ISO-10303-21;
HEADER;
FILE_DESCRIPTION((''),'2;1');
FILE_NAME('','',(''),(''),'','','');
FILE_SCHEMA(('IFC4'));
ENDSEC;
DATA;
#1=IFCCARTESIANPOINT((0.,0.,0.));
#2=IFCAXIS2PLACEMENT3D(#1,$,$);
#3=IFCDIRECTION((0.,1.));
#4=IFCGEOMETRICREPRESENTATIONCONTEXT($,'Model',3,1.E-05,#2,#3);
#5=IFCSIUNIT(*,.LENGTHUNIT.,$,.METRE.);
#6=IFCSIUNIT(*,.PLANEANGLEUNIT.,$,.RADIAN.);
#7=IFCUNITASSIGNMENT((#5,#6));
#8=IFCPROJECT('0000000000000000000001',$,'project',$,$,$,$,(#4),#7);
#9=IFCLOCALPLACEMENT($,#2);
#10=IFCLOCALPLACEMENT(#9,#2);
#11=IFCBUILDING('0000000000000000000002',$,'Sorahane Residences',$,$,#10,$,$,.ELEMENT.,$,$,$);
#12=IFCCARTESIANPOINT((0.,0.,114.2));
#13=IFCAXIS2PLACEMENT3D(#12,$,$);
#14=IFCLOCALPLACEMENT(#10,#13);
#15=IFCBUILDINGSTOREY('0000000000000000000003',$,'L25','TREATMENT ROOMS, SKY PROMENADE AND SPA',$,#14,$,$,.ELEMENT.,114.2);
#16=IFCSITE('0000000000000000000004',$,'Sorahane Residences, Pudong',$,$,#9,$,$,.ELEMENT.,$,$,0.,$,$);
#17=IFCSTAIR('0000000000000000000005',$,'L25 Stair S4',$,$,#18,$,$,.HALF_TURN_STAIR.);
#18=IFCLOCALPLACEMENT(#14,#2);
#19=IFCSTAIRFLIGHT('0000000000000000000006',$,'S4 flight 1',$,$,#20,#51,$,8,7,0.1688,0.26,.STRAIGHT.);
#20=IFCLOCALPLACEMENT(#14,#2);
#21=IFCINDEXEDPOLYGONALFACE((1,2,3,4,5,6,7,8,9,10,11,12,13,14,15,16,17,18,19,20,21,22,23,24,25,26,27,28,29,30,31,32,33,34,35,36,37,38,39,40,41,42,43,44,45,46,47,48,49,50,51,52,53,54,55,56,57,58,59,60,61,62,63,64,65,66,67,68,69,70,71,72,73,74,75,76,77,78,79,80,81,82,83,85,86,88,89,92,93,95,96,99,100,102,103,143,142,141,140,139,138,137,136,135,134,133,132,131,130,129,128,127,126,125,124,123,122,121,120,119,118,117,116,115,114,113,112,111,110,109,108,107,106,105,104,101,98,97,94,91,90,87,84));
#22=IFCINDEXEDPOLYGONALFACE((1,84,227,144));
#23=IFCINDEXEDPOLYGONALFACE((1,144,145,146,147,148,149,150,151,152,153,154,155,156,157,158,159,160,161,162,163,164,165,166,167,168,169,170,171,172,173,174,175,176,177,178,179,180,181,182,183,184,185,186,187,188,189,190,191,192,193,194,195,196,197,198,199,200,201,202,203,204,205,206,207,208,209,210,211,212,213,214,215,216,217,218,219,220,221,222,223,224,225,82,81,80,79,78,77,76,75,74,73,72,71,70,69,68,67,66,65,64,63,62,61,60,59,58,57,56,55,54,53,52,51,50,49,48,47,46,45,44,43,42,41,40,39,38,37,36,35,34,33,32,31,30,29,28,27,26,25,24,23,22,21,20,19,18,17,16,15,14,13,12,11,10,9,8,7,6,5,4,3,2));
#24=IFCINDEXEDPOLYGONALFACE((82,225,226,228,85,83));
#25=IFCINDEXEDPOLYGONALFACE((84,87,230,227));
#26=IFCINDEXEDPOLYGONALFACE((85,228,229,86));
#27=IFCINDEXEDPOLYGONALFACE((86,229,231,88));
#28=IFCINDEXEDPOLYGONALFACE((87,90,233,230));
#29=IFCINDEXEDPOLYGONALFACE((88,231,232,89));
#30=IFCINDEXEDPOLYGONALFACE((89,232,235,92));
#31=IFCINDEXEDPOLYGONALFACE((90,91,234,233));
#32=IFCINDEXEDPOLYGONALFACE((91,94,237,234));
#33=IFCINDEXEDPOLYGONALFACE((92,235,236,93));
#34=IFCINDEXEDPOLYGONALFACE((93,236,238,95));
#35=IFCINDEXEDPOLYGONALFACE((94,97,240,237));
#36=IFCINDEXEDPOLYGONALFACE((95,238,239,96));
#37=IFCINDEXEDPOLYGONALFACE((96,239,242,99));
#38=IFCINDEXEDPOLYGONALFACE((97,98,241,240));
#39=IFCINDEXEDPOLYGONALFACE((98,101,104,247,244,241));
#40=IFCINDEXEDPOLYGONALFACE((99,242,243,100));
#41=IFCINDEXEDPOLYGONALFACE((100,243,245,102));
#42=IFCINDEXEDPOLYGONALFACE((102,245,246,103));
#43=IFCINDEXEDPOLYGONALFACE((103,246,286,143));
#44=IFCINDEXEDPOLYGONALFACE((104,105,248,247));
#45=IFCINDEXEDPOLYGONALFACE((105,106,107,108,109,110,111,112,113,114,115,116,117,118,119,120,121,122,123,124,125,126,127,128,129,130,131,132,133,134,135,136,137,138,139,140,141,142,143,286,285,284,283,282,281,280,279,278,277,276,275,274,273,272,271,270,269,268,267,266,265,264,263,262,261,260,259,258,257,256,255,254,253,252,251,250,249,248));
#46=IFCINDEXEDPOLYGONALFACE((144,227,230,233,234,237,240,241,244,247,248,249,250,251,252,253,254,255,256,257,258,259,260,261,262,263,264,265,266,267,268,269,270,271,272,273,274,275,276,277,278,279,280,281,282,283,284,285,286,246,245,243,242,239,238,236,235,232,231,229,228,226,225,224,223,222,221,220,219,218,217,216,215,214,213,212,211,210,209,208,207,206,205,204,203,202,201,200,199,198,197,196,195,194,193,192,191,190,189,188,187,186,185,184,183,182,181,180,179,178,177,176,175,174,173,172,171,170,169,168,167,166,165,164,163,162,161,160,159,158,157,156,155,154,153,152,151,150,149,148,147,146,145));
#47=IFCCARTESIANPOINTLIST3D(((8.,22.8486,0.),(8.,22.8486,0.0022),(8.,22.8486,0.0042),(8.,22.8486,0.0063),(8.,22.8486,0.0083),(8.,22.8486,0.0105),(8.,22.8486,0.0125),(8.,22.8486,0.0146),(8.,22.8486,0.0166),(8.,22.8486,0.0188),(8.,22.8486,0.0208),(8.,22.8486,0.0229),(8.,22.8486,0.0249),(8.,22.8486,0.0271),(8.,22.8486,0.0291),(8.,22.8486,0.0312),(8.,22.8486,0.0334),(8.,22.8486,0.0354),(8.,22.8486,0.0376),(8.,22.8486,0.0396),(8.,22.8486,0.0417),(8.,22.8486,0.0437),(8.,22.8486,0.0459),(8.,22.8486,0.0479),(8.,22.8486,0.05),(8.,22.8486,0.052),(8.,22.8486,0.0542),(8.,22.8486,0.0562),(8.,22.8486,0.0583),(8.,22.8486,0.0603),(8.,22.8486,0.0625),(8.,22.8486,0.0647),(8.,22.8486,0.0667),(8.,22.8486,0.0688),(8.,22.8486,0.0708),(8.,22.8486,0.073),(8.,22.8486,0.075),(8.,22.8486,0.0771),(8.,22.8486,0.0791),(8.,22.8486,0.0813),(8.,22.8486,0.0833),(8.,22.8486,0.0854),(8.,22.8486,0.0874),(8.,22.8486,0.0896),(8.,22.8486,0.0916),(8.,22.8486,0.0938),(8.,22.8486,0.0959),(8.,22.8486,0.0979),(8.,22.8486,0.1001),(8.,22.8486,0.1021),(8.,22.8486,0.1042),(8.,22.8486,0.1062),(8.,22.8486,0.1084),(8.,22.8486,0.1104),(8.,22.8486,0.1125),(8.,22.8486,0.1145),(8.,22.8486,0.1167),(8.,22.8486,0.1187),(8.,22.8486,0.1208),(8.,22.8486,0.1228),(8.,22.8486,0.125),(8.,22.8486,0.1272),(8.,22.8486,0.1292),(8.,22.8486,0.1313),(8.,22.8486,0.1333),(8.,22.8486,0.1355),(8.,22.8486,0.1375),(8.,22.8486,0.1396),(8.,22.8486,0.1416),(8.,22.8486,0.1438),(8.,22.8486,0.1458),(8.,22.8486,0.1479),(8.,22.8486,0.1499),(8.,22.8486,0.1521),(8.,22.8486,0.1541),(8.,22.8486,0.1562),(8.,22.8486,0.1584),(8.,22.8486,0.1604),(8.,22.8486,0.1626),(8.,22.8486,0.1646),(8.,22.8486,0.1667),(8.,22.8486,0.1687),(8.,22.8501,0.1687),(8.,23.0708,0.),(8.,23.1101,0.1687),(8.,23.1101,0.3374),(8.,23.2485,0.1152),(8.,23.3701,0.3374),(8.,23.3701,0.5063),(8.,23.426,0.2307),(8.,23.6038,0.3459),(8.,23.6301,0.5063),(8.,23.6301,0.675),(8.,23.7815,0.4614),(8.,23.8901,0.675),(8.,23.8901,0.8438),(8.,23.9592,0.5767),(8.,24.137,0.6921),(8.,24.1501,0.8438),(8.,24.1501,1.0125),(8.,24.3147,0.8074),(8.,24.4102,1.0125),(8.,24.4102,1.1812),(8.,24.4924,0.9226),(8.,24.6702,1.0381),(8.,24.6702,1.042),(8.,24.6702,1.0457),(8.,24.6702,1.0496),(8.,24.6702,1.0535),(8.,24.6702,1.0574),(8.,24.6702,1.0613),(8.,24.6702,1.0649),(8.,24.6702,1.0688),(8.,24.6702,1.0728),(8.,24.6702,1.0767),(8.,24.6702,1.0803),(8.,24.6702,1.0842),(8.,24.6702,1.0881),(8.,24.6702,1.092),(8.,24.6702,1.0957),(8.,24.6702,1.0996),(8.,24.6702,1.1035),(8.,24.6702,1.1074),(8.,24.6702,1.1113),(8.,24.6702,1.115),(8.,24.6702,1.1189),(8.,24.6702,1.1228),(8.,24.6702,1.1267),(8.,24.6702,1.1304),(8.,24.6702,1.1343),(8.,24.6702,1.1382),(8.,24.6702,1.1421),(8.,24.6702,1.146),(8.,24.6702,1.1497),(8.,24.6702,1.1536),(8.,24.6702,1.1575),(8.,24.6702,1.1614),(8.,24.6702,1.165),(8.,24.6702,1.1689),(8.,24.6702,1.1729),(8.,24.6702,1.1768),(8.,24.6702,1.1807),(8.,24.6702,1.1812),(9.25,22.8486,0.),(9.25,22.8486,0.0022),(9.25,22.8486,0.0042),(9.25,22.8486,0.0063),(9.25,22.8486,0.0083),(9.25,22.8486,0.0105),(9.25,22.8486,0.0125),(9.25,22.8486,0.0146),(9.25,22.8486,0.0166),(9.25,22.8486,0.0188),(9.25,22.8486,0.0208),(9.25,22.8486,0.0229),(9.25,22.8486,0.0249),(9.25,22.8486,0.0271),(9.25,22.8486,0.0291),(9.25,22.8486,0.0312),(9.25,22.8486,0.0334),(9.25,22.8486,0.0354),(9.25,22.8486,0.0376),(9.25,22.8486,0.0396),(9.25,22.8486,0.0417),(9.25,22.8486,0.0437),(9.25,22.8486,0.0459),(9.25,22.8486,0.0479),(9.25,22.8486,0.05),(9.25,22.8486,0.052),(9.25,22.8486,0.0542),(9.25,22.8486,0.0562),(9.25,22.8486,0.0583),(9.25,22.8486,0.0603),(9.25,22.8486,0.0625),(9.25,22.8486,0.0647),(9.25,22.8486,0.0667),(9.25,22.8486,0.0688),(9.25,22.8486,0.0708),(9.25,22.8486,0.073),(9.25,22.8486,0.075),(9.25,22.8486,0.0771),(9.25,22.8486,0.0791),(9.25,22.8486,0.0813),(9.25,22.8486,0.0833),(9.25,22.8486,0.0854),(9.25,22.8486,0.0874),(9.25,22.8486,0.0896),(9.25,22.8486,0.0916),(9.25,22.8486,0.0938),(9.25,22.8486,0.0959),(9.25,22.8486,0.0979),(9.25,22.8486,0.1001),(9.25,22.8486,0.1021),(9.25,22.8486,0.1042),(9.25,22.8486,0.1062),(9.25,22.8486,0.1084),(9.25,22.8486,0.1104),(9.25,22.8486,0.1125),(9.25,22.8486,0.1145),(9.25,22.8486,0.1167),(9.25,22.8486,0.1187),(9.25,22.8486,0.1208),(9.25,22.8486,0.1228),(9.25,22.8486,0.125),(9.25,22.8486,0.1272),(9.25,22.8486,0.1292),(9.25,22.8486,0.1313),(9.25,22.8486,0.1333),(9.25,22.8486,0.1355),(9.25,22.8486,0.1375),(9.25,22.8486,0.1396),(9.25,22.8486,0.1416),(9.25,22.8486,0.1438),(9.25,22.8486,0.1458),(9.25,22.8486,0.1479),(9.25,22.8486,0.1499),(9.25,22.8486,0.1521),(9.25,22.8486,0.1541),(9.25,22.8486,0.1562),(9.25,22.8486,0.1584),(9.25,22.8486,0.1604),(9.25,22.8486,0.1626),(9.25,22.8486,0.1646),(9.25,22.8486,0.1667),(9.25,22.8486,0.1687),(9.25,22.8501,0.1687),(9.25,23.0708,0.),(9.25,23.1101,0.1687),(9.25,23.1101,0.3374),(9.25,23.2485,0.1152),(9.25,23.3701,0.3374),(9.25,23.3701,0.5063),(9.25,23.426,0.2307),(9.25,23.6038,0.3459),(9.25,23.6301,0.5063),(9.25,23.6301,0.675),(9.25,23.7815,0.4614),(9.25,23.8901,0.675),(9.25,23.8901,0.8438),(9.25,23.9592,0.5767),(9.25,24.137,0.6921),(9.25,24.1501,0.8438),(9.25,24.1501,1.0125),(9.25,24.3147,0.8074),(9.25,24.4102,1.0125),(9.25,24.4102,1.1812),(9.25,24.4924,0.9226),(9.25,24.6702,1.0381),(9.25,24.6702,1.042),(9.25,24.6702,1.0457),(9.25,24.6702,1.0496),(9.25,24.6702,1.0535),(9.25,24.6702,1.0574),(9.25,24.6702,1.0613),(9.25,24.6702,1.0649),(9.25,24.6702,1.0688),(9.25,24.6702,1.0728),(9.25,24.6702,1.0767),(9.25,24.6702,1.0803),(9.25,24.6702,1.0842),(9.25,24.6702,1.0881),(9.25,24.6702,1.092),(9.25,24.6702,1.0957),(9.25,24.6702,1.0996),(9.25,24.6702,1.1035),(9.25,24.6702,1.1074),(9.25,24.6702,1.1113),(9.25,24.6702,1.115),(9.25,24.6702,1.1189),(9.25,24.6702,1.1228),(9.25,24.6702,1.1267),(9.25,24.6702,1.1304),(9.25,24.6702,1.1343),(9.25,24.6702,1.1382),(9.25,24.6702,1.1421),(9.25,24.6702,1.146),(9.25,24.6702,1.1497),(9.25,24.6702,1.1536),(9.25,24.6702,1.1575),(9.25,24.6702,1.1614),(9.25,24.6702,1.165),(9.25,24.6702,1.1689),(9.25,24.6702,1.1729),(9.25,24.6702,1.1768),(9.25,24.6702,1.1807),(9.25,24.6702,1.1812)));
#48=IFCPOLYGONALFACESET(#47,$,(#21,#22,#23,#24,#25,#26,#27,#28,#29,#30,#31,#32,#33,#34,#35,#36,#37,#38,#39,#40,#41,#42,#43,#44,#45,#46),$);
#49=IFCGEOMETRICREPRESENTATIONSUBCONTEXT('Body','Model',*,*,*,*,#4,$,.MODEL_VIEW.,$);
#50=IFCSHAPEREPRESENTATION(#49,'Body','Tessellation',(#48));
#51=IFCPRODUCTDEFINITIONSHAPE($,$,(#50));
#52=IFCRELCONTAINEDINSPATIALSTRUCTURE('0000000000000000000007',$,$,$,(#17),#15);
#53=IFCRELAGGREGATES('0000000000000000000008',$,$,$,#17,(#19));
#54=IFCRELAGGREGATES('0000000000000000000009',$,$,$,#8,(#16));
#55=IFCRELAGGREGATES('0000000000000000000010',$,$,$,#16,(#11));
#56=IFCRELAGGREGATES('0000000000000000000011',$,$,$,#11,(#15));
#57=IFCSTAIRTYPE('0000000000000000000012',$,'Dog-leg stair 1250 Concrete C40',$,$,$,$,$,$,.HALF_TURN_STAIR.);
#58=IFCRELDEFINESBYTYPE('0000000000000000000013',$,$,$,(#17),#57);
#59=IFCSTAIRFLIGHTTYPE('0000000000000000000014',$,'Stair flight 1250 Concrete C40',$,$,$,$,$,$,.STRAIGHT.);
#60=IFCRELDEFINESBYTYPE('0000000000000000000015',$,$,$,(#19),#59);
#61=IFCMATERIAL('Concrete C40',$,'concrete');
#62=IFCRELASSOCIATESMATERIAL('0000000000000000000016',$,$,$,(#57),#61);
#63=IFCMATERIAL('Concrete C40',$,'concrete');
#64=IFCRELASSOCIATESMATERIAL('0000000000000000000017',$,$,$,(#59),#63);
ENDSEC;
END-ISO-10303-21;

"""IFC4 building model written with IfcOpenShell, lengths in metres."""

from ifc_helpers import new_model, si_unit, direction, frame, origin, place, context, subcontext, project, spatial, polyline, outline, extrude, material, type_object, element, aggregate, save


model = new_model("IFC4")

# Units and contexts
model_context = context("Model", 3, precision=1e-05, world=origin(), true_north=direction((0.0, 1.0)))
body_context = subcontext(model_context, "Body", "Model", "MODEL_VIEW")
ifc_project = project(units=[si_unit("LENGTHUNIT", "METRE"), si_unit("PLANEANGLEUNIT", "RADIAN")], contexts=[model_context])

# Site, building, storey
site_placement = place(None, origin())
site = spatial("IfcSite", under=ifc_project, at=site_placement, Name="Sorahane Residences, Pudong", CompositionType="ELEMENT", RefElevation=0.0)
building_placement = place(site_placement, origin())
building = spatial("IfcBuilding", under=site, at=building_placement, Name="Sorahane Residences", CompositionType="ELEMENT")
storey_placement = place(building_placement, frame((0.0, 0.0, 114.2)))
storey = spatial("IfcBuildingStorey", under=building, at=storey_placement, Name="L25", Description="TREATMENT ROOMS, SKY PROMENADE AND SPA", CompositionType="ELEMENT", Elevation=114.2)

# Stair, stair flight
ifc_material_1 = material(Name="Concrete C40", Category="concrete")
stair_type = type_object("IfcStairType", Name="Dog-leg stair 1250 Concrete C40", PredefinedType="HALF_TURN_STAIR", material=ifc_material_1)
stair_placement = place(storey_placement, origin())
stair = element("IfcStair", 1, at=stair_placement, inside=storey, type_object=stair_type, Name="L25 Stair S4", PredefinedType="HALF_TURN_STAIR")
ifc_material_2 = material(Name="Concrete C40", Category="concrete")
stair_flight_type = type_object("IfcStairFlightType", Name="Stair flight 1250 Concrete C40", PredefinedType="STRAIGHT", material=ifc_material_2)
stair_flight_1_placement = place(storey_placement, frame((8.625, 22.8501, 0.0), z_axis=(0.0, 0.0, 1.0), x_axis=(0.0, 1.0, 0.0)))
stair_flight_1 = element("IfcStairFlight", 2, at=stair_flight_1_placement, type_object=stair_flight_type, Name="S4 flight 1", NumberOfRisers=8, NumberOfTreads=7, PredefinedType="STRAIGHT", RiserHeight=0.1688, TreadLength=0.26, context=body_context, shape_type="SweptSolid", body=[
    extrude(outline(polyline([(-0.0015, 0.0), (-0.0015, 0.0022), (-0.0015, 0.0042), (-0.0015, 0.0063), (-0.0015, 0.0083), (-0.0015, 0.0105), (-0.0015, 0.0125), (-0.0015, 0.0146), (-0.0015, 0.0166), (-0.0015, 0.0188), (-0.0015, 0.0208), (-0.0015, 0.0229), (-0.0015, 0.0249), (-0.0015, 0.0271), (-0.0015, 0.0291), (-0.0015, 0.0312), (-0.0015, 0.0334), (-0.0015, 0.0354), (-0.0015, 0.0376), (-0.0015, 0.0396), (-0.0015, 0.0417), (-0.0015, 0.0437), (-0.0015, 0.0459), (-0.0015, 0.0479), (-0.0015, 0.05), (-0.0015, 0.052), (-0.0015, 0.0542), (-0.0015, 0.0562), (-0.0015, 0.0583), (-0.0015, 0.0603), (-0.0015, 0.0625), (-0.0015, 0.0647), (-0.0015, 0.0667), (-0.0015, 0.0688), (-0.0015, 0.0708), (-0.0015, 0.073), (-0.0015, 0.075), (-0.0015, 0.0771), (-0.0015, 0.0791), (-0.0015, 0.0813), (-0.0015, 0.0833), (-0.0015, 0.0854), (-0.0015, 0.0874), (-0.0015, 0.0896), (-0.0015, 0.0916), (-0.0015, 0.0938), (-0.0015, 0.0959), (-0.0015, 0.0979), (-0.0015, 0.1001), (-0.0015, 0.1021), (-0.0015, 0.1042), (-0.0015, 0.1062), (-0.0015, 0.1084), (-0.0015, 0.1104), (-0.0015, 0.1125), (-0.0015, 0.1145), (-0.0015, 0.1167), (-0.0015, 0.1187), (-0.0015, 0.1208), (-0.0015, 0.1228), (-0.0015, 0.125), (-0.0015, 0.1272), (-0.0015, 0.1292), (-0.0015, 0.1313), (-0.0015, 0.1333), (-0.0015, 0.1355), (-0.0015, 0.1375), (-0.0015, 0.1396), (-0.0015, 0.1416), (-0.0015, 0.1438), (-0.0015, 0.1458), (-0.0015, 0.1479), (-0.0015, 0.1499), (-0.0015, 0.1521), (-0.0015, 0.1541), (-0.0015, 0.1562), (-0.0015, 0.1584), (-0.0015, 0.1604), (-0.0015, 0.1626), (-0.0015, 0.1646), (-0.0015, 0.1667), (-0.0015, 0.1687), (0.0, 0.1687), (0.26, 0.1687), (0.26, 0.3374), (0.52, 0.3374), (0.52, 0.5063), (0.78, 0.5063), (0.78, 0.675), (1.04, 0.675), (1.04, 0.8438), (1.3, 0.8438), (1.3, 1.0125), (1.5601, 1.0125), (1.5601, 1.1812), (1.8201, 1.1812), (1.8201, 1.3501), (1.8201, 1.3462), (1.8201, 1.3423), (1.8201, 1.3384), (1.8201, 1.3347), (1.8201, 1.3308), (1.8201, 1.3269), (1.8201, 1.323), (1.8201, 1.3191), (1.8201, 1.3154), (1.8201, 1.3115), (1.8201, 1.3076), (1.8201, 1.3037), (1.8201, 1.3), (1.8201, 1.2961), (1.8201, 1.2922), (1.8201, 1.2883), (1.8201, 1.2844), (1.8201, 1.2808), (1.8201, 1.2769), (1.8201, 1.2729), (1.8201, 1.269), (1.8201, 1.2654), (1.8201, 1.2615), (1.8201, 1.2576), (1.8201, 1.2537), (1.8201, 1.2498), (1.8201, 1.2461), (1.8201, 1.2422), (1.8201, 1.2383), (1.8201, 1.2344), (1.8201, 1.2307), (1.8201, 1.2268), (1.8201, 1.2229), (1.8201, 1.219), (1.8201, 1.2151), (1.8201, 1.2114), (1.8201, 1.2075), (1.8201, 1.2036), (1.8201, 1.1997), (1.8201, 1.196), (1.8201, 1.1921), (1.8201, 1.1882), (1.8201, 1.1843), (1.8201, 1.1807), (1.8201, 1.1768), (1.8201, 1.1729), (1.8201, 1.1689), (1.8201, 1.165), (1.8201, 1.1614), (1.8201, 1.1575), (1.8201, 1.1536), (1.8201, 1.1497), (1.8201, 1.146), (1.8201, 1.1421), (1.8201, 1.1382), (1.8201, 1.1343), (1.8201, 1.1304), (1.8201, 1.1267), (1.8201, 1.1228), (1.8201, 1.1189), (1.8201, 1.115), (1.8201, 1.1113), (1.8201, 1.1074), (1.8201, 1.1035), (1.8201, 1.0996), (1.8201, 1.0957), (1.8201, 1.092), (1.8201, 1.0881), (1.8201, 1.0842), (1.8201, 1.0803), (1.8201, 1.0767), (1.8201, 1.0728), (1.8201, 1.0688), (1.8201, 1.0649), (1.8201, 1.0613), (1.8201, 1.0574), (1.8201, 1.0535), (1.8201, 1.0496), (1.8201, 1.0457), (1.8201, 1.042), (1.8201, 1.0381), (1.6423, 0.9226), (1.4646, 0.8074), (1.2869, 0.6921), (1.1091, 0.5767), (0.9314, 0.4614), (0.7537, 0.3459), (0.5759, 0.2307), (0.3984, 0.1152), (0.2207, 0.0), (-0.0015, 0.0)])), frame((0.0, 0.625, 0.0), z_axis=(0.0, -1.0, 0.0), x_axis=(1.0, 0.0, 0.0)), (0.0, 0.0, 1.0), 1.25),
])
aggregate(stair, [stair_flight_1])

save(model, "model.ifc")
